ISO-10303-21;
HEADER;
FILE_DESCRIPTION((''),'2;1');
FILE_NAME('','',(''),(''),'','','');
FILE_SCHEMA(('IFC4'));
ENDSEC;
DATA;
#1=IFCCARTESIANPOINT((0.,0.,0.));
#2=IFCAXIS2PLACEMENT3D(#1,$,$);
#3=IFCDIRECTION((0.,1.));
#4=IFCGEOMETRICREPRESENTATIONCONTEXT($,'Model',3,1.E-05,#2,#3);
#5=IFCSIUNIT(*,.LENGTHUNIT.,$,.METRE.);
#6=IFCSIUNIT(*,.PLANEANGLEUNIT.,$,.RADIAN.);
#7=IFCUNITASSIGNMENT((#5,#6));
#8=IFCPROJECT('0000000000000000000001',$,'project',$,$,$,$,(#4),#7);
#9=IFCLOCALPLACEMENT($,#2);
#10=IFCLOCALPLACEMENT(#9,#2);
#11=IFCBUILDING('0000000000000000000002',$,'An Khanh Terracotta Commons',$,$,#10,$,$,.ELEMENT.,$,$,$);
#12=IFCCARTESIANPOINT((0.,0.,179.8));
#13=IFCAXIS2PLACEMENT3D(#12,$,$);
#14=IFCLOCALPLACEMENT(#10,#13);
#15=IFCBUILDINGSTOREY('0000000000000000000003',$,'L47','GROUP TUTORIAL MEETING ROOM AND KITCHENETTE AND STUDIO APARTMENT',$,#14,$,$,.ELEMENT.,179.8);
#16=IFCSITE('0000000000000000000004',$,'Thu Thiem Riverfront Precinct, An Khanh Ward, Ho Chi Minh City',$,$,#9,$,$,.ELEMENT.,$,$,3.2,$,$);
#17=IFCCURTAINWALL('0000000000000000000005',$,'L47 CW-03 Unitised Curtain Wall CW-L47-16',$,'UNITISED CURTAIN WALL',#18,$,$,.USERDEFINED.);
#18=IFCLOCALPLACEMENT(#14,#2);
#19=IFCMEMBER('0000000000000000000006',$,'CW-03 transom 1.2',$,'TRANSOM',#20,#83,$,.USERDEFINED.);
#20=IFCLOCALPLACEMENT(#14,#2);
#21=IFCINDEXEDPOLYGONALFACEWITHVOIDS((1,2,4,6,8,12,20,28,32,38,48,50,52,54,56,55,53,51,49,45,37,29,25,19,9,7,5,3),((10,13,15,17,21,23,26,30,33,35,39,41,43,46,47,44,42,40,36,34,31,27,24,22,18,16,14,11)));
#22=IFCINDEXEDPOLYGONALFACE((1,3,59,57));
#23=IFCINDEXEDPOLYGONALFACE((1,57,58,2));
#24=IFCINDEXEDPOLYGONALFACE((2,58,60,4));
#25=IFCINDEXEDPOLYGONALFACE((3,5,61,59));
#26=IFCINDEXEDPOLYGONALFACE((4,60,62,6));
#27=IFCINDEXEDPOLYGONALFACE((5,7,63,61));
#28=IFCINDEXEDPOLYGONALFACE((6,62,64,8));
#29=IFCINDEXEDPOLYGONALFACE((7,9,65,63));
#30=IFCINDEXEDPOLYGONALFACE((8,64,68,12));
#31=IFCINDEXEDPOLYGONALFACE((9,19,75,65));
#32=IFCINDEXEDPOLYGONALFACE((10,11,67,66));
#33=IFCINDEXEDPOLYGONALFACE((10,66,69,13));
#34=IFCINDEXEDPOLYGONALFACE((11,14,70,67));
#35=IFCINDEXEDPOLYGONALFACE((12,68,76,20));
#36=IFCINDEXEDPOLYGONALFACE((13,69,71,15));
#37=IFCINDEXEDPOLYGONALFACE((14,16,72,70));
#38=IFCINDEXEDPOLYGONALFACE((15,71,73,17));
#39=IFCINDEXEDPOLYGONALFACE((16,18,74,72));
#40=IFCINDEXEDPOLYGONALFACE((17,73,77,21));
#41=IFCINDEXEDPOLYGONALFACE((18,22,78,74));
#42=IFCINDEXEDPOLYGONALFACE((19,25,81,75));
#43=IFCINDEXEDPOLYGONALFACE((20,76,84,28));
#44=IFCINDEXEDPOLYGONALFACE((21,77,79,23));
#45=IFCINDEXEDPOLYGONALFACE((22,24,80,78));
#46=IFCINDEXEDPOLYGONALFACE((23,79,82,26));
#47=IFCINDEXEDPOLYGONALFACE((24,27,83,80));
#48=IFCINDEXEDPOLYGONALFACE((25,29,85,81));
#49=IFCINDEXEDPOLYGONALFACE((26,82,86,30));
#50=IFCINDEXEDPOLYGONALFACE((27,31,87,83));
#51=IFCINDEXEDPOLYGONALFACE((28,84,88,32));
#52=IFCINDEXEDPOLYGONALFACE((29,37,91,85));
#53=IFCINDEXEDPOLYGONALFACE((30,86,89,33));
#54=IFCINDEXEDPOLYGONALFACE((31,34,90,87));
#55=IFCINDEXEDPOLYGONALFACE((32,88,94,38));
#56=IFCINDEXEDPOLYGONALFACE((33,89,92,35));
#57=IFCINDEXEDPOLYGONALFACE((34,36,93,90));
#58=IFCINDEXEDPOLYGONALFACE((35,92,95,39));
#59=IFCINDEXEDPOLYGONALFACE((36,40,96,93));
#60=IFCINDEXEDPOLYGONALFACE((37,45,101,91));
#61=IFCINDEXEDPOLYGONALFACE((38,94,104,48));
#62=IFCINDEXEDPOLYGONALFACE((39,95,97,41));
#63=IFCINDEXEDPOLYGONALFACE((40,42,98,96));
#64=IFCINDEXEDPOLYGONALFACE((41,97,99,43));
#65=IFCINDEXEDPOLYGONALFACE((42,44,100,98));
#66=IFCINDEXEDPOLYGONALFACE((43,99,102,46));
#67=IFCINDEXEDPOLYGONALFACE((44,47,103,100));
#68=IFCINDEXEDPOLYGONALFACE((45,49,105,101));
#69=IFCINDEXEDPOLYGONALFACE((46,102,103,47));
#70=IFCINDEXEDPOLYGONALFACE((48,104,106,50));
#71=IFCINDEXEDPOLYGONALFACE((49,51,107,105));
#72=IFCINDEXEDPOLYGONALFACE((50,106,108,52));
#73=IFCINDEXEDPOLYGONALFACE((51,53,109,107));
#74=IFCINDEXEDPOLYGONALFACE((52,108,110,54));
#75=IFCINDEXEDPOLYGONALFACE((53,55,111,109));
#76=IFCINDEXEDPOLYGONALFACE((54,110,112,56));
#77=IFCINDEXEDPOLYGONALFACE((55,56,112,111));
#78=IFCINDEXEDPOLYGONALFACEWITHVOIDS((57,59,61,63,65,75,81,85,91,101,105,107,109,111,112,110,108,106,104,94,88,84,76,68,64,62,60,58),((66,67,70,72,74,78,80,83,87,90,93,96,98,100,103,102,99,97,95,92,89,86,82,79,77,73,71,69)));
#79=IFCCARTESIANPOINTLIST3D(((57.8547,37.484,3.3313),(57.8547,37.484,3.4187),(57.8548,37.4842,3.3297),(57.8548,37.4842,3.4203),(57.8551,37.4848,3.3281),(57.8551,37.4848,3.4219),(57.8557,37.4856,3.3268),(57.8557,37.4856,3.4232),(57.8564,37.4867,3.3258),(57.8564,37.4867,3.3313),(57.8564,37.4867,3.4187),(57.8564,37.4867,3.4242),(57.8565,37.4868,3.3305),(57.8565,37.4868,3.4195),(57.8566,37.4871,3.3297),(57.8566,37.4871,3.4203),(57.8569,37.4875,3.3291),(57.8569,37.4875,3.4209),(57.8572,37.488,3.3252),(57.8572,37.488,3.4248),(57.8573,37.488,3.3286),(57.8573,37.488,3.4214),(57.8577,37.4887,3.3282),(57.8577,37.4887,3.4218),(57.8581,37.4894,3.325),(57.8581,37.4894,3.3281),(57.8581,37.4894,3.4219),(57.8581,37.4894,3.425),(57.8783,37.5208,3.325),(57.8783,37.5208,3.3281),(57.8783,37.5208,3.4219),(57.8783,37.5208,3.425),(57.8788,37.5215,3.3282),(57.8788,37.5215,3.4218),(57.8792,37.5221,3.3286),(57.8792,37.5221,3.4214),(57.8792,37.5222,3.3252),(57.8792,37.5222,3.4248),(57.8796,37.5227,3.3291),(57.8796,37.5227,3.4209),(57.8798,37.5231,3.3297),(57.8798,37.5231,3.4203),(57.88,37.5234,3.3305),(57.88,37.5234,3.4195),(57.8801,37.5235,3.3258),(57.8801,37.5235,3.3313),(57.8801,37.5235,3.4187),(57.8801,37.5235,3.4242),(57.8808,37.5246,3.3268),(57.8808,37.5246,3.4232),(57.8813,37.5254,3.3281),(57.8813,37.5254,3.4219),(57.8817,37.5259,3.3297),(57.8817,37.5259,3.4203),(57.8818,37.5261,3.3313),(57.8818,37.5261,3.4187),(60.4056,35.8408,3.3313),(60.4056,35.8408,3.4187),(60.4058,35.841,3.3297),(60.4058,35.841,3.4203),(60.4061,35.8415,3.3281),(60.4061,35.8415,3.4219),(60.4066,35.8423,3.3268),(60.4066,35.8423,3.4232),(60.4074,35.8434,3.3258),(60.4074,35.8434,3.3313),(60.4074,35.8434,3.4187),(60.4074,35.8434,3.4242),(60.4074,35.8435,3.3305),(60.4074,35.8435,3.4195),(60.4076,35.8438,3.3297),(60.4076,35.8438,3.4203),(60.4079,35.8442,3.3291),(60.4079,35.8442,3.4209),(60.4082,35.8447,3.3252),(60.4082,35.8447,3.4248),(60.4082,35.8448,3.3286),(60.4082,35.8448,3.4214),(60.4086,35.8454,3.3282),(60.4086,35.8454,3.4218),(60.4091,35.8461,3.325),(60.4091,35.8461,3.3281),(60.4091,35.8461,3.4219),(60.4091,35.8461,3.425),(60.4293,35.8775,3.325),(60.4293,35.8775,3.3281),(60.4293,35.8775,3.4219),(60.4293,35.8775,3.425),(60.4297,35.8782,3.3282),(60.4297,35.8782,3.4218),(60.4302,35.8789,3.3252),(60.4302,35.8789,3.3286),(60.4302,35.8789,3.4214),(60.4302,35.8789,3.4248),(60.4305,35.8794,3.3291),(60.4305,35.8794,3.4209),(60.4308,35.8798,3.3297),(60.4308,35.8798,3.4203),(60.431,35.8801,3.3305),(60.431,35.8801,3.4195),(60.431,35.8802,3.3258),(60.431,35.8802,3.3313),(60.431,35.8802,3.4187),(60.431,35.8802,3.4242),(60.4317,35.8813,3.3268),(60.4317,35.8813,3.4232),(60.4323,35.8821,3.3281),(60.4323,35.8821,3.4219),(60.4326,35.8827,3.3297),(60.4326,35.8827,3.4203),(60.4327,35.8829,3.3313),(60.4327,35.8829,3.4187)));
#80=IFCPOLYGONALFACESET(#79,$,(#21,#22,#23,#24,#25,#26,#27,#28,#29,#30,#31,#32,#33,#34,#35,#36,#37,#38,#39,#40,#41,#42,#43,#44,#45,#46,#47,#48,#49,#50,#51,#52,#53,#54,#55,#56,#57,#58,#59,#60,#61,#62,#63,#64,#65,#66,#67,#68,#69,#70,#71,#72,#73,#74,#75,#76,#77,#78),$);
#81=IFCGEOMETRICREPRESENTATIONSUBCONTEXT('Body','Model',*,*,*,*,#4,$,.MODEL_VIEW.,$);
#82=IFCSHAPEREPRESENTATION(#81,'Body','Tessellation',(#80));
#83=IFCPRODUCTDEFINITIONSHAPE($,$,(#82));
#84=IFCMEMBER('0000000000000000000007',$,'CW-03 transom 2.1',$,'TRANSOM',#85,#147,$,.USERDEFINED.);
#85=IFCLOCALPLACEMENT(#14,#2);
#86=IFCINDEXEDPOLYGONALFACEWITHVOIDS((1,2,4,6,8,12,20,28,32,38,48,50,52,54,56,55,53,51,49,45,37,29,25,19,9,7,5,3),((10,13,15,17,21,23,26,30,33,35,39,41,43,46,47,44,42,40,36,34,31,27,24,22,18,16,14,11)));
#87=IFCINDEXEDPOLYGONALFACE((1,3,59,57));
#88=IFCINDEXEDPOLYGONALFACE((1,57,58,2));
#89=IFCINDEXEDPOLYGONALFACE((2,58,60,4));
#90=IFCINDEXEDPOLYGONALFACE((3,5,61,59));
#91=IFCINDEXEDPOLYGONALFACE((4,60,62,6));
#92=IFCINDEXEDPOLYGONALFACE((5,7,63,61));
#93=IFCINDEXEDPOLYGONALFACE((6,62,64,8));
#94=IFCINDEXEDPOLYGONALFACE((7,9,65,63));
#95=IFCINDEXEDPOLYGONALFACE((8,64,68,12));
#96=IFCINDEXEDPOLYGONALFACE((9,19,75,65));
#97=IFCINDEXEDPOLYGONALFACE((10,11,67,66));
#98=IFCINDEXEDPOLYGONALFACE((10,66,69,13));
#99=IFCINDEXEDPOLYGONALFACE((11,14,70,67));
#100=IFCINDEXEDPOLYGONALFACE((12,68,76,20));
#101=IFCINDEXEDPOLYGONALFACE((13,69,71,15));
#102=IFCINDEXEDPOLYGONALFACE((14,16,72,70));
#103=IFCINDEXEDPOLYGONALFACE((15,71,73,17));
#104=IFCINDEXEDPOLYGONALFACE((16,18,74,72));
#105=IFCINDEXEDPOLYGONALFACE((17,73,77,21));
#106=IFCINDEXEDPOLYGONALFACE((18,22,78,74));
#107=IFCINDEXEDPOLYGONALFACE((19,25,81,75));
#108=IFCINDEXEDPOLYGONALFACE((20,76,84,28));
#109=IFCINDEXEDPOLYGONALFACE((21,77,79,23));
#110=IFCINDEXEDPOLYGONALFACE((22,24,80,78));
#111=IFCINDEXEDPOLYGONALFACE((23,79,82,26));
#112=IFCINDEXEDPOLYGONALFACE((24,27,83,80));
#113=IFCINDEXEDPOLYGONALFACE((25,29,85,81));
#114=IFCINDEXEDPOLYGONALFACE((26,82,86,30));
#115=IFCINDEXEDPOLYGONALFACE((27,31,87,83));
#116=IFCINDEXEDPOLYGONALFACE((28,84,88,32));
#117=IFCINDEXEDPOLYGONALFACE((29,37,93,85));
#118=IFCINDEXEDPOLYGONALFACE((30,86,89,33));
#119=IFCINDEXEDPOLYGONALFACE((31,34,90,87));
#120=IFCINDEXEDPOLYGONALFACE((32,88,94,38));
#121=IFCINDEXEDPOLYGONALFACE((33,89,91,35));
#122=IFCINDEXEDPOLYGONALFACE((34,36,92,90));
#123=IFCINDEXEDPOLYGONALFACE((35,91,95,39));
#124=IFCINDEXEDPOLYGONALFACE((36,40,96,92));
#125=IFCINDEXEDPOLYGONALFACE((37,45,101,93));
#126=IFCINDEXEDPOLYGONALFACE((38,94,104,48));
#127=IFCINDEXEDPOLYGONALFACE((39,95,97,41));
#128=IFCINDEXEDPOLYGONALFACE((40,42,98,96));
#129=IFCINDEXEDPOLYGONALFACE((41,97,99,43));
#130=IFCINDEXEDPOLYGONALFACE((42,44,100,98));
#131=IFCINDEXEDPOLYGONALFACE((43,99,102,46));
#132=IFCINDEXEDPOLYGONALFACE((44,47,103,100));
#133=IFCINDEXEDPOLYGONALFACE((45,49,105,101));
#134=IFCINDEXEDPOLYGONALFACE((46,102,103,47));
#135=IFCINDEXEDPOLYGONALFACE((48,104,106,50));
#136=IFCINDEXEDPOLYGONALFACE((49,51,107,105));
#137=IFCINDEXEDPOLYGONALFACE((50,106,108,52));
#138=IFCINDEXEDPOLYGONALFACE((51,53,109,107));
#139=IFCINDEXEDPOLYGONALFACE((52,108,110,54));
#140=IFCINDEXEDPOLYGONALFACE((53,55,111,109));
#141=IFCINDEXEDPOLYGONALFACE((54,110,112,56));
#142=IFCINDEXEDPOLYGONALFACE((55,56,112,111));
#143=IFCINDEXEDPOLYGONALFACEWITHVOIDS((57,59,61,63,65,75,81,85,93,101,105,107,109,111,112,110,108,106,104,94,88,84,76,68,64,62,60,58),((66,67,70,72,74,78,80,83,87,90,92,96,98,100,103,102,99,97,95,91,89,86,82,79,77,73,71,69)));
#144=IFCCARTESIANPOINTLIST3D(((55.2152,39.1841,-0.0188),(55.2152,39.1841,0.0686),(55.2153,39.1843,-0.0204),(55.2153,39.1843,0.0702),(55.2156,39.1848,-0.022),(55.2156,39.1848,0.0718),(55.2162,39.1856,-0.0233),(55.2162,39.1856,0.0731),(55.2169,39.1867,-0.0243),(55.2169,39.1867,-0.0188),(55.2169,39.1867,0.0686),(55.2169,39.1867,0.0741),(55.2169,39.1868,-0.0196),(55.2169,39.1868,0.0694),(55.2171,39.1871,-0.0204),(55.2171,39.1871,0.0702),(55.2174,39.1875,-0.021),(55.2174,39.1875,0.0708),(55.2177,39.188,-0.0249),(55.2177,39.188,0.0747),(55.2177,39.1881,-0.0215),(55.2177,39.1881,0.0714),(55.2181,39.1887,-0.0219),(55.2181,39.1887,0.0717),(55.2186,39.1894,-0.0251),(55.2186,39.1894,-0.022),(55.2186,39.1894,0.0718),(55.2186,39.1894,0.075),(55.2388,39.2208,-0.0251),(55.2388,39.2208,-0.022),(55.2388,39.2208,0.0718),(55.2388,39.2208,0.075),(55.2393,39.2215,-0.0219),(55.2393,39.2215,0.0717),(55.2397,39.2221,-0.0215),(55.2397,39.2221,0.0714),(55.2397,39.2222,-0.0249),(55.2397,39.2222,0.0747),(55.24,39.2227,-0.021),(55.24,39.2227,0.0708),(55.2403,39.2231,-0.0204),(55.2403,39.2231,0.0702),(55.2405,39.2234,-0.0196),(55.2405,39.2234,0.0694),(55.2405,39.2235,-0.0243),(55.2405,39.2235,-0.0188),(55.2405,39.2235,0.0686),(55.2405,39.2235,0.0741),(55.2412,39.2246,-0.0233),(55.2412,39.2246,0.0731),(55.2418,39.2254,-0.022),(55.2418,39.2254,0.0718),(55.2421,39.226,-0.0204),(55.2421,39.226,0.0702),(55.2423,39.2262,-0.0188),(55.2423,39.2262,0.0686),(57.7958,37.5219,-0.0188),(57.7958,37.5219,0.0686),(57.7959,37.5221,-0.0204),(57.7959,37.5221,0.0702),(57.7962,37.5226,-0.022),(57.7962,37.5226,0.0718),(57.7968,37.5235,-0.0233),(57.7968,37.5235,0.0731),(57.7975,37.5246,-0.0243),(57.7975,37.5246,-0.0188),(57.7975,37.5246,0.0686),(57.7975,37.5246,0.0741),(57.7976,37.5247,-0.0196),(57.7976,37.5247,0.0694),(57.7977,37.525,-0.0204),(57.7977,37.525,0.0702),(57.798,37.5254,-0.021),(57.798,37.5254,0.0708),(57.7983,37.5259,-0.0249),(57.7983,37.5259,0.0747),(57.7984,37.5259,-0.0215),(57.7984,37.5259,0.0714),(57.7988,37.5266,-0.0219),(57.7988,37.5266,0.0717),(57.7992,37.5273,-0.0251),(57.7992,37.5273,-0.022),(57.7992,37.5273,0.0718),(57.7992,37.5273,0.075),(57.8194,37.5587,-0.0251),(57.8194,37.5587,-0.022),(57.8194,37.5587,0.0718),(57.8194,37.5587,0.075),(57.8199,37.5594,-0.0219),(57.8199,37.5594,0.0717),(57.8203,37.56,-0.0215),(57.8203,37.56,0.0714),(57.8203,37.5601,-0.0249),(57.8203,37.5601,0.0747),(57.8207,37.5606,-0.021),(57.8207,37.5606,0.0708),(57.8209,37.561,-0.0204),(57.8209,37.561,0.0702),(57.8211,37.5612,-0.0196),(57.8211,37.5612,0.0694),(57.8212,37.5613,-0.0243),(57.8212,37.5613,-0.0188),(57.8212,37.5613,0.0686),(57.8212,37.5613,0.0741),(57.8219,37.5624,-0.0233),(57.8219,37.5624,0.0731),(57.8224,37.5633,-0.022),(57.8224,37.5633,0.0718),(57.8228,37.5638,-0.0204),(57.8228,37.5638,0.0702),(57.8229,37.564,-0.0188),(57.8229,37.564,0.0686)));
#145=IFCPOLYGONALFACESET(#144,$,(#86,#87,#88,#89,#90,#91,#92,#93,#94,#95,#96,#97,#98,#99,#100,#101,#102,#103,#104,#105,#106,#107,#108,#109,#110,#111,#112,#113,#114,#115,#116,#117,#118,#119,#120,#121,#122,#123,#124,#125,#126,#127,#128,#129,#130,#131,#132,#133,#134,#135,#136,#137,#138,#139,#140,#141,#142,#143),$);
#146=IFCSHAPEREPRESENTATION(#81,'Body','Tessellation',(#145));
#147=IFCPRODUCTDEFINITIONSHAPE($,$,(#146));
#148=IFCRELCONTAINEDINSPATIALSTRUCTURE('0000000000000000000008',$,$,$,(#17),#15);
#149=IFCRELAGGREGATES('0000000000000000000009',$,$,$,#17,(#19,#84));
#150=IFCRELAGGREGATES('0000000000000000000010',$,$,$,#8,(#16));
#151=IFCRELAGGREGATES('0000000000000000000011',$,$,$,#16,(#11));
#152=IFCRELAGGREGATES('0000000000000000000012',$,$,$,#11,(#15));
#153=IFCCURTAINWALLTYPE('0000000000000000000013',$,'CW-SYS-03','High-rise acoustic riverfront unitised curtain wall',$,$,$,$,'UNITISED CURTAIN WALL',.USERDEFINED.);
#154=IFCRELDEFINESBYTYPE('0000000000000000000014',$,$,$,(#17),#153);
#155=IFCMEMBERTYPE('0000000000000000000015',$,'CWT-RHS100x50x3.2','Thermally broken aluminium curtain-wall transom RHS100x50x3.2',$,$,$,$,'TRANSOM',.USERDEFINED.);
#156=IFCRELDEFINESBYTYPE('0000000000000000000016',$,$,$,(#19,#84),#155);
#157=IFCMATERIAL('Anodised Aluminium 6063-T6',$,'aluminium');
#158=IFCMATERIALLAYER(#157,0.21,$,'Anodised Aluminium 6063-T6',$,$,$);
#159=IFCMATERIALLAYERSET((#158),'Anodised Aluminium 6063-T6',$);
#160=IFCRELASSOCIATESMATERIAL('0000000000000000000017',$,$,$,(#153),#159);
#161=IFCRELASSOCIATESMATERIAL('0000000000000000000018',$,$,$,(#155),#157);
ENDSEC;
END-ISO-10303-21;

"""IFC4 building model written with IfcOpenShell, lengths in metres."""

from ifc_helpers import new_model, si_unit, direction, frame, origin, origin_2d, place, context, subcontext, project, spatial, hollow_rectangle, extrude, material, layer, layer_set, material_profile, profile_set, type_object, element, aggregate, save


model = new_model("IFC4")

# Units and contexts
model_context = context("Model", 3, precision=1e-05, world=origin(), true_north=direction((0.0, 1.0)))
body_context = subcontext(model_context, "Body", "Model", "MODEL_VIEW")
ifc_project = project(units=[si_unit("LENGTHUNIT", "METRE"), si_unit("PLANEANGLEUNIT", "RADIAN")], contexts=[model_context])

# Site, building, storey
site_placement = place(None, origin())
site = spatial("IfcSite", under=ifc_project, at=site_placement, Name="Thu Thiem Riverfront Precinct, An Khanh Ward, Ho Chi Minh City", CompositionType="ELEMENT", RefElevation=3.2)
building_placement = place(site_placement, origin())
building = spatial("IfcBuilding", under=site, at=building_placement, Name="An Khanh Terracotta Commons", CompositionType="ELEMENT")
storey_placement = place(building_placement, frame((0.0, 0.0, 179.8)))
storey = spatial("IfcBuildingStorey", under=building, at=storey_placement, Name="L47", Description="GROUP TUTORIAL MEETING ROOM AND KITCHENETTE AND STUDIO APARTMENT", CompositionType="ELEMENT", Elevation=179.8)

# Curtain wall
ifc_material_1 = material(Name="Anodised Aluminium 6063-T6", Category="aluminium")
ifc_layer_1 = layer(ifc_material_1, 0.21, Name="Anodised Aluminium 6063-T6")
ifc_layer_set_1 = layer_set([ifc_layer_1], Name="Anodised Aluminium 6063-T6")
curtain_wall_type = type_object("IfcCurtainWallType", Name="CW-SYS-03", Description="High-rise acoustic riverfront unitised curtain wall", ElementType="UNITISED CURTAIN WALL", PredefinedType="USERDEFINED", material=ifc_layer_set_1)
curtain_wall_1_placement = place(storey_placement, origin())
curtain_wall_1 = element("IfcCurtainWall", 1, at=curtain_wall_1_placement, inside=storey, type_object=curtain_wall_type, Name="L47 CW-03 Unitised Curtain Wall CW-L47-16", ObjectType="UNITISED CURTAIN WALL", PredefinedType="USERDEFINED")

# Members
ifc_material_profile_1 = material_profile(ifc_material_1, hollow_rectangle(XDim=0.05, YDim=0.1001, WallThickness=0.0032, InnerFilletRadius=0.0032, OuterFilletRadius=0.0063, at=origin_2d()), Name="RHS100x50x3.2")
ifc_profile_set_1 = profile_set([ifc_material_profile_1], Name="Anodised Aluminium 6063-T6")
member_type_1 = type_object("IfcMemberType", Name="CWT-RHS100x50x3.2", Description="Thermally broken aluminium curtain-wall transom RHS100x50x3.2", ElementType="TRANSOM", PredefinedType="USERDEFINED", material=ifc_profile_set_1)
member_1_placement = place(storey_placement, frame((60.4192, 35.8618, 3.375), z_axis=(-0.840674, 0.541542, 0.0), x_axis=(-0.541542, -0.840674, 0.0)))
member_1 = element("IfcMember", 2, at=member_1_placement, type_object=member_type_1, Name="CW-03 transom 1.2", ObjectType="TRANSOM", PredefinedType="USERDEFINED", context=body_context, shape_type="SweptSolid", body=[
    extrude(hollow_rectangle(XDim=0.05, YDim=0.1001, WallThickness=0.0032, InnerFilletRadius=0.0032, OuterFilletRadius=0.0063, at=origin_2d()), origin(), (0.0, 0.0, 1.0), 3.0344),
])
member_2_placement = place(storey_placement, frame((57.8093, 37.543, 0.0249), z_axis=(-0.840708, 0.541489, 0.0), x_axis=(-0.541489, -0.840708, 0.0)))
member_2 = element("IfcMember", 3, at=member_2_placement, type_object=member_type_1, Name="CW-03 transom 2.1", ObjectType="TRANSOM", PredefinedType="USERDEFINED", context=body_context, shape_type="SweptSolid", body=[
    extrude(hollow_rectangle(XDim=0.05, YDim=0.1001, WallThickness=0.0032, InnerFilletRadius=0.0032, OuterFilletRadius=0.0063, at=origin_2d()), origin(), (0.0, 0.0, 1.0), 3.0696),
])

aggregate(curtain_wall_1, [member_1, member_2])

save(model, "model.ifc")
